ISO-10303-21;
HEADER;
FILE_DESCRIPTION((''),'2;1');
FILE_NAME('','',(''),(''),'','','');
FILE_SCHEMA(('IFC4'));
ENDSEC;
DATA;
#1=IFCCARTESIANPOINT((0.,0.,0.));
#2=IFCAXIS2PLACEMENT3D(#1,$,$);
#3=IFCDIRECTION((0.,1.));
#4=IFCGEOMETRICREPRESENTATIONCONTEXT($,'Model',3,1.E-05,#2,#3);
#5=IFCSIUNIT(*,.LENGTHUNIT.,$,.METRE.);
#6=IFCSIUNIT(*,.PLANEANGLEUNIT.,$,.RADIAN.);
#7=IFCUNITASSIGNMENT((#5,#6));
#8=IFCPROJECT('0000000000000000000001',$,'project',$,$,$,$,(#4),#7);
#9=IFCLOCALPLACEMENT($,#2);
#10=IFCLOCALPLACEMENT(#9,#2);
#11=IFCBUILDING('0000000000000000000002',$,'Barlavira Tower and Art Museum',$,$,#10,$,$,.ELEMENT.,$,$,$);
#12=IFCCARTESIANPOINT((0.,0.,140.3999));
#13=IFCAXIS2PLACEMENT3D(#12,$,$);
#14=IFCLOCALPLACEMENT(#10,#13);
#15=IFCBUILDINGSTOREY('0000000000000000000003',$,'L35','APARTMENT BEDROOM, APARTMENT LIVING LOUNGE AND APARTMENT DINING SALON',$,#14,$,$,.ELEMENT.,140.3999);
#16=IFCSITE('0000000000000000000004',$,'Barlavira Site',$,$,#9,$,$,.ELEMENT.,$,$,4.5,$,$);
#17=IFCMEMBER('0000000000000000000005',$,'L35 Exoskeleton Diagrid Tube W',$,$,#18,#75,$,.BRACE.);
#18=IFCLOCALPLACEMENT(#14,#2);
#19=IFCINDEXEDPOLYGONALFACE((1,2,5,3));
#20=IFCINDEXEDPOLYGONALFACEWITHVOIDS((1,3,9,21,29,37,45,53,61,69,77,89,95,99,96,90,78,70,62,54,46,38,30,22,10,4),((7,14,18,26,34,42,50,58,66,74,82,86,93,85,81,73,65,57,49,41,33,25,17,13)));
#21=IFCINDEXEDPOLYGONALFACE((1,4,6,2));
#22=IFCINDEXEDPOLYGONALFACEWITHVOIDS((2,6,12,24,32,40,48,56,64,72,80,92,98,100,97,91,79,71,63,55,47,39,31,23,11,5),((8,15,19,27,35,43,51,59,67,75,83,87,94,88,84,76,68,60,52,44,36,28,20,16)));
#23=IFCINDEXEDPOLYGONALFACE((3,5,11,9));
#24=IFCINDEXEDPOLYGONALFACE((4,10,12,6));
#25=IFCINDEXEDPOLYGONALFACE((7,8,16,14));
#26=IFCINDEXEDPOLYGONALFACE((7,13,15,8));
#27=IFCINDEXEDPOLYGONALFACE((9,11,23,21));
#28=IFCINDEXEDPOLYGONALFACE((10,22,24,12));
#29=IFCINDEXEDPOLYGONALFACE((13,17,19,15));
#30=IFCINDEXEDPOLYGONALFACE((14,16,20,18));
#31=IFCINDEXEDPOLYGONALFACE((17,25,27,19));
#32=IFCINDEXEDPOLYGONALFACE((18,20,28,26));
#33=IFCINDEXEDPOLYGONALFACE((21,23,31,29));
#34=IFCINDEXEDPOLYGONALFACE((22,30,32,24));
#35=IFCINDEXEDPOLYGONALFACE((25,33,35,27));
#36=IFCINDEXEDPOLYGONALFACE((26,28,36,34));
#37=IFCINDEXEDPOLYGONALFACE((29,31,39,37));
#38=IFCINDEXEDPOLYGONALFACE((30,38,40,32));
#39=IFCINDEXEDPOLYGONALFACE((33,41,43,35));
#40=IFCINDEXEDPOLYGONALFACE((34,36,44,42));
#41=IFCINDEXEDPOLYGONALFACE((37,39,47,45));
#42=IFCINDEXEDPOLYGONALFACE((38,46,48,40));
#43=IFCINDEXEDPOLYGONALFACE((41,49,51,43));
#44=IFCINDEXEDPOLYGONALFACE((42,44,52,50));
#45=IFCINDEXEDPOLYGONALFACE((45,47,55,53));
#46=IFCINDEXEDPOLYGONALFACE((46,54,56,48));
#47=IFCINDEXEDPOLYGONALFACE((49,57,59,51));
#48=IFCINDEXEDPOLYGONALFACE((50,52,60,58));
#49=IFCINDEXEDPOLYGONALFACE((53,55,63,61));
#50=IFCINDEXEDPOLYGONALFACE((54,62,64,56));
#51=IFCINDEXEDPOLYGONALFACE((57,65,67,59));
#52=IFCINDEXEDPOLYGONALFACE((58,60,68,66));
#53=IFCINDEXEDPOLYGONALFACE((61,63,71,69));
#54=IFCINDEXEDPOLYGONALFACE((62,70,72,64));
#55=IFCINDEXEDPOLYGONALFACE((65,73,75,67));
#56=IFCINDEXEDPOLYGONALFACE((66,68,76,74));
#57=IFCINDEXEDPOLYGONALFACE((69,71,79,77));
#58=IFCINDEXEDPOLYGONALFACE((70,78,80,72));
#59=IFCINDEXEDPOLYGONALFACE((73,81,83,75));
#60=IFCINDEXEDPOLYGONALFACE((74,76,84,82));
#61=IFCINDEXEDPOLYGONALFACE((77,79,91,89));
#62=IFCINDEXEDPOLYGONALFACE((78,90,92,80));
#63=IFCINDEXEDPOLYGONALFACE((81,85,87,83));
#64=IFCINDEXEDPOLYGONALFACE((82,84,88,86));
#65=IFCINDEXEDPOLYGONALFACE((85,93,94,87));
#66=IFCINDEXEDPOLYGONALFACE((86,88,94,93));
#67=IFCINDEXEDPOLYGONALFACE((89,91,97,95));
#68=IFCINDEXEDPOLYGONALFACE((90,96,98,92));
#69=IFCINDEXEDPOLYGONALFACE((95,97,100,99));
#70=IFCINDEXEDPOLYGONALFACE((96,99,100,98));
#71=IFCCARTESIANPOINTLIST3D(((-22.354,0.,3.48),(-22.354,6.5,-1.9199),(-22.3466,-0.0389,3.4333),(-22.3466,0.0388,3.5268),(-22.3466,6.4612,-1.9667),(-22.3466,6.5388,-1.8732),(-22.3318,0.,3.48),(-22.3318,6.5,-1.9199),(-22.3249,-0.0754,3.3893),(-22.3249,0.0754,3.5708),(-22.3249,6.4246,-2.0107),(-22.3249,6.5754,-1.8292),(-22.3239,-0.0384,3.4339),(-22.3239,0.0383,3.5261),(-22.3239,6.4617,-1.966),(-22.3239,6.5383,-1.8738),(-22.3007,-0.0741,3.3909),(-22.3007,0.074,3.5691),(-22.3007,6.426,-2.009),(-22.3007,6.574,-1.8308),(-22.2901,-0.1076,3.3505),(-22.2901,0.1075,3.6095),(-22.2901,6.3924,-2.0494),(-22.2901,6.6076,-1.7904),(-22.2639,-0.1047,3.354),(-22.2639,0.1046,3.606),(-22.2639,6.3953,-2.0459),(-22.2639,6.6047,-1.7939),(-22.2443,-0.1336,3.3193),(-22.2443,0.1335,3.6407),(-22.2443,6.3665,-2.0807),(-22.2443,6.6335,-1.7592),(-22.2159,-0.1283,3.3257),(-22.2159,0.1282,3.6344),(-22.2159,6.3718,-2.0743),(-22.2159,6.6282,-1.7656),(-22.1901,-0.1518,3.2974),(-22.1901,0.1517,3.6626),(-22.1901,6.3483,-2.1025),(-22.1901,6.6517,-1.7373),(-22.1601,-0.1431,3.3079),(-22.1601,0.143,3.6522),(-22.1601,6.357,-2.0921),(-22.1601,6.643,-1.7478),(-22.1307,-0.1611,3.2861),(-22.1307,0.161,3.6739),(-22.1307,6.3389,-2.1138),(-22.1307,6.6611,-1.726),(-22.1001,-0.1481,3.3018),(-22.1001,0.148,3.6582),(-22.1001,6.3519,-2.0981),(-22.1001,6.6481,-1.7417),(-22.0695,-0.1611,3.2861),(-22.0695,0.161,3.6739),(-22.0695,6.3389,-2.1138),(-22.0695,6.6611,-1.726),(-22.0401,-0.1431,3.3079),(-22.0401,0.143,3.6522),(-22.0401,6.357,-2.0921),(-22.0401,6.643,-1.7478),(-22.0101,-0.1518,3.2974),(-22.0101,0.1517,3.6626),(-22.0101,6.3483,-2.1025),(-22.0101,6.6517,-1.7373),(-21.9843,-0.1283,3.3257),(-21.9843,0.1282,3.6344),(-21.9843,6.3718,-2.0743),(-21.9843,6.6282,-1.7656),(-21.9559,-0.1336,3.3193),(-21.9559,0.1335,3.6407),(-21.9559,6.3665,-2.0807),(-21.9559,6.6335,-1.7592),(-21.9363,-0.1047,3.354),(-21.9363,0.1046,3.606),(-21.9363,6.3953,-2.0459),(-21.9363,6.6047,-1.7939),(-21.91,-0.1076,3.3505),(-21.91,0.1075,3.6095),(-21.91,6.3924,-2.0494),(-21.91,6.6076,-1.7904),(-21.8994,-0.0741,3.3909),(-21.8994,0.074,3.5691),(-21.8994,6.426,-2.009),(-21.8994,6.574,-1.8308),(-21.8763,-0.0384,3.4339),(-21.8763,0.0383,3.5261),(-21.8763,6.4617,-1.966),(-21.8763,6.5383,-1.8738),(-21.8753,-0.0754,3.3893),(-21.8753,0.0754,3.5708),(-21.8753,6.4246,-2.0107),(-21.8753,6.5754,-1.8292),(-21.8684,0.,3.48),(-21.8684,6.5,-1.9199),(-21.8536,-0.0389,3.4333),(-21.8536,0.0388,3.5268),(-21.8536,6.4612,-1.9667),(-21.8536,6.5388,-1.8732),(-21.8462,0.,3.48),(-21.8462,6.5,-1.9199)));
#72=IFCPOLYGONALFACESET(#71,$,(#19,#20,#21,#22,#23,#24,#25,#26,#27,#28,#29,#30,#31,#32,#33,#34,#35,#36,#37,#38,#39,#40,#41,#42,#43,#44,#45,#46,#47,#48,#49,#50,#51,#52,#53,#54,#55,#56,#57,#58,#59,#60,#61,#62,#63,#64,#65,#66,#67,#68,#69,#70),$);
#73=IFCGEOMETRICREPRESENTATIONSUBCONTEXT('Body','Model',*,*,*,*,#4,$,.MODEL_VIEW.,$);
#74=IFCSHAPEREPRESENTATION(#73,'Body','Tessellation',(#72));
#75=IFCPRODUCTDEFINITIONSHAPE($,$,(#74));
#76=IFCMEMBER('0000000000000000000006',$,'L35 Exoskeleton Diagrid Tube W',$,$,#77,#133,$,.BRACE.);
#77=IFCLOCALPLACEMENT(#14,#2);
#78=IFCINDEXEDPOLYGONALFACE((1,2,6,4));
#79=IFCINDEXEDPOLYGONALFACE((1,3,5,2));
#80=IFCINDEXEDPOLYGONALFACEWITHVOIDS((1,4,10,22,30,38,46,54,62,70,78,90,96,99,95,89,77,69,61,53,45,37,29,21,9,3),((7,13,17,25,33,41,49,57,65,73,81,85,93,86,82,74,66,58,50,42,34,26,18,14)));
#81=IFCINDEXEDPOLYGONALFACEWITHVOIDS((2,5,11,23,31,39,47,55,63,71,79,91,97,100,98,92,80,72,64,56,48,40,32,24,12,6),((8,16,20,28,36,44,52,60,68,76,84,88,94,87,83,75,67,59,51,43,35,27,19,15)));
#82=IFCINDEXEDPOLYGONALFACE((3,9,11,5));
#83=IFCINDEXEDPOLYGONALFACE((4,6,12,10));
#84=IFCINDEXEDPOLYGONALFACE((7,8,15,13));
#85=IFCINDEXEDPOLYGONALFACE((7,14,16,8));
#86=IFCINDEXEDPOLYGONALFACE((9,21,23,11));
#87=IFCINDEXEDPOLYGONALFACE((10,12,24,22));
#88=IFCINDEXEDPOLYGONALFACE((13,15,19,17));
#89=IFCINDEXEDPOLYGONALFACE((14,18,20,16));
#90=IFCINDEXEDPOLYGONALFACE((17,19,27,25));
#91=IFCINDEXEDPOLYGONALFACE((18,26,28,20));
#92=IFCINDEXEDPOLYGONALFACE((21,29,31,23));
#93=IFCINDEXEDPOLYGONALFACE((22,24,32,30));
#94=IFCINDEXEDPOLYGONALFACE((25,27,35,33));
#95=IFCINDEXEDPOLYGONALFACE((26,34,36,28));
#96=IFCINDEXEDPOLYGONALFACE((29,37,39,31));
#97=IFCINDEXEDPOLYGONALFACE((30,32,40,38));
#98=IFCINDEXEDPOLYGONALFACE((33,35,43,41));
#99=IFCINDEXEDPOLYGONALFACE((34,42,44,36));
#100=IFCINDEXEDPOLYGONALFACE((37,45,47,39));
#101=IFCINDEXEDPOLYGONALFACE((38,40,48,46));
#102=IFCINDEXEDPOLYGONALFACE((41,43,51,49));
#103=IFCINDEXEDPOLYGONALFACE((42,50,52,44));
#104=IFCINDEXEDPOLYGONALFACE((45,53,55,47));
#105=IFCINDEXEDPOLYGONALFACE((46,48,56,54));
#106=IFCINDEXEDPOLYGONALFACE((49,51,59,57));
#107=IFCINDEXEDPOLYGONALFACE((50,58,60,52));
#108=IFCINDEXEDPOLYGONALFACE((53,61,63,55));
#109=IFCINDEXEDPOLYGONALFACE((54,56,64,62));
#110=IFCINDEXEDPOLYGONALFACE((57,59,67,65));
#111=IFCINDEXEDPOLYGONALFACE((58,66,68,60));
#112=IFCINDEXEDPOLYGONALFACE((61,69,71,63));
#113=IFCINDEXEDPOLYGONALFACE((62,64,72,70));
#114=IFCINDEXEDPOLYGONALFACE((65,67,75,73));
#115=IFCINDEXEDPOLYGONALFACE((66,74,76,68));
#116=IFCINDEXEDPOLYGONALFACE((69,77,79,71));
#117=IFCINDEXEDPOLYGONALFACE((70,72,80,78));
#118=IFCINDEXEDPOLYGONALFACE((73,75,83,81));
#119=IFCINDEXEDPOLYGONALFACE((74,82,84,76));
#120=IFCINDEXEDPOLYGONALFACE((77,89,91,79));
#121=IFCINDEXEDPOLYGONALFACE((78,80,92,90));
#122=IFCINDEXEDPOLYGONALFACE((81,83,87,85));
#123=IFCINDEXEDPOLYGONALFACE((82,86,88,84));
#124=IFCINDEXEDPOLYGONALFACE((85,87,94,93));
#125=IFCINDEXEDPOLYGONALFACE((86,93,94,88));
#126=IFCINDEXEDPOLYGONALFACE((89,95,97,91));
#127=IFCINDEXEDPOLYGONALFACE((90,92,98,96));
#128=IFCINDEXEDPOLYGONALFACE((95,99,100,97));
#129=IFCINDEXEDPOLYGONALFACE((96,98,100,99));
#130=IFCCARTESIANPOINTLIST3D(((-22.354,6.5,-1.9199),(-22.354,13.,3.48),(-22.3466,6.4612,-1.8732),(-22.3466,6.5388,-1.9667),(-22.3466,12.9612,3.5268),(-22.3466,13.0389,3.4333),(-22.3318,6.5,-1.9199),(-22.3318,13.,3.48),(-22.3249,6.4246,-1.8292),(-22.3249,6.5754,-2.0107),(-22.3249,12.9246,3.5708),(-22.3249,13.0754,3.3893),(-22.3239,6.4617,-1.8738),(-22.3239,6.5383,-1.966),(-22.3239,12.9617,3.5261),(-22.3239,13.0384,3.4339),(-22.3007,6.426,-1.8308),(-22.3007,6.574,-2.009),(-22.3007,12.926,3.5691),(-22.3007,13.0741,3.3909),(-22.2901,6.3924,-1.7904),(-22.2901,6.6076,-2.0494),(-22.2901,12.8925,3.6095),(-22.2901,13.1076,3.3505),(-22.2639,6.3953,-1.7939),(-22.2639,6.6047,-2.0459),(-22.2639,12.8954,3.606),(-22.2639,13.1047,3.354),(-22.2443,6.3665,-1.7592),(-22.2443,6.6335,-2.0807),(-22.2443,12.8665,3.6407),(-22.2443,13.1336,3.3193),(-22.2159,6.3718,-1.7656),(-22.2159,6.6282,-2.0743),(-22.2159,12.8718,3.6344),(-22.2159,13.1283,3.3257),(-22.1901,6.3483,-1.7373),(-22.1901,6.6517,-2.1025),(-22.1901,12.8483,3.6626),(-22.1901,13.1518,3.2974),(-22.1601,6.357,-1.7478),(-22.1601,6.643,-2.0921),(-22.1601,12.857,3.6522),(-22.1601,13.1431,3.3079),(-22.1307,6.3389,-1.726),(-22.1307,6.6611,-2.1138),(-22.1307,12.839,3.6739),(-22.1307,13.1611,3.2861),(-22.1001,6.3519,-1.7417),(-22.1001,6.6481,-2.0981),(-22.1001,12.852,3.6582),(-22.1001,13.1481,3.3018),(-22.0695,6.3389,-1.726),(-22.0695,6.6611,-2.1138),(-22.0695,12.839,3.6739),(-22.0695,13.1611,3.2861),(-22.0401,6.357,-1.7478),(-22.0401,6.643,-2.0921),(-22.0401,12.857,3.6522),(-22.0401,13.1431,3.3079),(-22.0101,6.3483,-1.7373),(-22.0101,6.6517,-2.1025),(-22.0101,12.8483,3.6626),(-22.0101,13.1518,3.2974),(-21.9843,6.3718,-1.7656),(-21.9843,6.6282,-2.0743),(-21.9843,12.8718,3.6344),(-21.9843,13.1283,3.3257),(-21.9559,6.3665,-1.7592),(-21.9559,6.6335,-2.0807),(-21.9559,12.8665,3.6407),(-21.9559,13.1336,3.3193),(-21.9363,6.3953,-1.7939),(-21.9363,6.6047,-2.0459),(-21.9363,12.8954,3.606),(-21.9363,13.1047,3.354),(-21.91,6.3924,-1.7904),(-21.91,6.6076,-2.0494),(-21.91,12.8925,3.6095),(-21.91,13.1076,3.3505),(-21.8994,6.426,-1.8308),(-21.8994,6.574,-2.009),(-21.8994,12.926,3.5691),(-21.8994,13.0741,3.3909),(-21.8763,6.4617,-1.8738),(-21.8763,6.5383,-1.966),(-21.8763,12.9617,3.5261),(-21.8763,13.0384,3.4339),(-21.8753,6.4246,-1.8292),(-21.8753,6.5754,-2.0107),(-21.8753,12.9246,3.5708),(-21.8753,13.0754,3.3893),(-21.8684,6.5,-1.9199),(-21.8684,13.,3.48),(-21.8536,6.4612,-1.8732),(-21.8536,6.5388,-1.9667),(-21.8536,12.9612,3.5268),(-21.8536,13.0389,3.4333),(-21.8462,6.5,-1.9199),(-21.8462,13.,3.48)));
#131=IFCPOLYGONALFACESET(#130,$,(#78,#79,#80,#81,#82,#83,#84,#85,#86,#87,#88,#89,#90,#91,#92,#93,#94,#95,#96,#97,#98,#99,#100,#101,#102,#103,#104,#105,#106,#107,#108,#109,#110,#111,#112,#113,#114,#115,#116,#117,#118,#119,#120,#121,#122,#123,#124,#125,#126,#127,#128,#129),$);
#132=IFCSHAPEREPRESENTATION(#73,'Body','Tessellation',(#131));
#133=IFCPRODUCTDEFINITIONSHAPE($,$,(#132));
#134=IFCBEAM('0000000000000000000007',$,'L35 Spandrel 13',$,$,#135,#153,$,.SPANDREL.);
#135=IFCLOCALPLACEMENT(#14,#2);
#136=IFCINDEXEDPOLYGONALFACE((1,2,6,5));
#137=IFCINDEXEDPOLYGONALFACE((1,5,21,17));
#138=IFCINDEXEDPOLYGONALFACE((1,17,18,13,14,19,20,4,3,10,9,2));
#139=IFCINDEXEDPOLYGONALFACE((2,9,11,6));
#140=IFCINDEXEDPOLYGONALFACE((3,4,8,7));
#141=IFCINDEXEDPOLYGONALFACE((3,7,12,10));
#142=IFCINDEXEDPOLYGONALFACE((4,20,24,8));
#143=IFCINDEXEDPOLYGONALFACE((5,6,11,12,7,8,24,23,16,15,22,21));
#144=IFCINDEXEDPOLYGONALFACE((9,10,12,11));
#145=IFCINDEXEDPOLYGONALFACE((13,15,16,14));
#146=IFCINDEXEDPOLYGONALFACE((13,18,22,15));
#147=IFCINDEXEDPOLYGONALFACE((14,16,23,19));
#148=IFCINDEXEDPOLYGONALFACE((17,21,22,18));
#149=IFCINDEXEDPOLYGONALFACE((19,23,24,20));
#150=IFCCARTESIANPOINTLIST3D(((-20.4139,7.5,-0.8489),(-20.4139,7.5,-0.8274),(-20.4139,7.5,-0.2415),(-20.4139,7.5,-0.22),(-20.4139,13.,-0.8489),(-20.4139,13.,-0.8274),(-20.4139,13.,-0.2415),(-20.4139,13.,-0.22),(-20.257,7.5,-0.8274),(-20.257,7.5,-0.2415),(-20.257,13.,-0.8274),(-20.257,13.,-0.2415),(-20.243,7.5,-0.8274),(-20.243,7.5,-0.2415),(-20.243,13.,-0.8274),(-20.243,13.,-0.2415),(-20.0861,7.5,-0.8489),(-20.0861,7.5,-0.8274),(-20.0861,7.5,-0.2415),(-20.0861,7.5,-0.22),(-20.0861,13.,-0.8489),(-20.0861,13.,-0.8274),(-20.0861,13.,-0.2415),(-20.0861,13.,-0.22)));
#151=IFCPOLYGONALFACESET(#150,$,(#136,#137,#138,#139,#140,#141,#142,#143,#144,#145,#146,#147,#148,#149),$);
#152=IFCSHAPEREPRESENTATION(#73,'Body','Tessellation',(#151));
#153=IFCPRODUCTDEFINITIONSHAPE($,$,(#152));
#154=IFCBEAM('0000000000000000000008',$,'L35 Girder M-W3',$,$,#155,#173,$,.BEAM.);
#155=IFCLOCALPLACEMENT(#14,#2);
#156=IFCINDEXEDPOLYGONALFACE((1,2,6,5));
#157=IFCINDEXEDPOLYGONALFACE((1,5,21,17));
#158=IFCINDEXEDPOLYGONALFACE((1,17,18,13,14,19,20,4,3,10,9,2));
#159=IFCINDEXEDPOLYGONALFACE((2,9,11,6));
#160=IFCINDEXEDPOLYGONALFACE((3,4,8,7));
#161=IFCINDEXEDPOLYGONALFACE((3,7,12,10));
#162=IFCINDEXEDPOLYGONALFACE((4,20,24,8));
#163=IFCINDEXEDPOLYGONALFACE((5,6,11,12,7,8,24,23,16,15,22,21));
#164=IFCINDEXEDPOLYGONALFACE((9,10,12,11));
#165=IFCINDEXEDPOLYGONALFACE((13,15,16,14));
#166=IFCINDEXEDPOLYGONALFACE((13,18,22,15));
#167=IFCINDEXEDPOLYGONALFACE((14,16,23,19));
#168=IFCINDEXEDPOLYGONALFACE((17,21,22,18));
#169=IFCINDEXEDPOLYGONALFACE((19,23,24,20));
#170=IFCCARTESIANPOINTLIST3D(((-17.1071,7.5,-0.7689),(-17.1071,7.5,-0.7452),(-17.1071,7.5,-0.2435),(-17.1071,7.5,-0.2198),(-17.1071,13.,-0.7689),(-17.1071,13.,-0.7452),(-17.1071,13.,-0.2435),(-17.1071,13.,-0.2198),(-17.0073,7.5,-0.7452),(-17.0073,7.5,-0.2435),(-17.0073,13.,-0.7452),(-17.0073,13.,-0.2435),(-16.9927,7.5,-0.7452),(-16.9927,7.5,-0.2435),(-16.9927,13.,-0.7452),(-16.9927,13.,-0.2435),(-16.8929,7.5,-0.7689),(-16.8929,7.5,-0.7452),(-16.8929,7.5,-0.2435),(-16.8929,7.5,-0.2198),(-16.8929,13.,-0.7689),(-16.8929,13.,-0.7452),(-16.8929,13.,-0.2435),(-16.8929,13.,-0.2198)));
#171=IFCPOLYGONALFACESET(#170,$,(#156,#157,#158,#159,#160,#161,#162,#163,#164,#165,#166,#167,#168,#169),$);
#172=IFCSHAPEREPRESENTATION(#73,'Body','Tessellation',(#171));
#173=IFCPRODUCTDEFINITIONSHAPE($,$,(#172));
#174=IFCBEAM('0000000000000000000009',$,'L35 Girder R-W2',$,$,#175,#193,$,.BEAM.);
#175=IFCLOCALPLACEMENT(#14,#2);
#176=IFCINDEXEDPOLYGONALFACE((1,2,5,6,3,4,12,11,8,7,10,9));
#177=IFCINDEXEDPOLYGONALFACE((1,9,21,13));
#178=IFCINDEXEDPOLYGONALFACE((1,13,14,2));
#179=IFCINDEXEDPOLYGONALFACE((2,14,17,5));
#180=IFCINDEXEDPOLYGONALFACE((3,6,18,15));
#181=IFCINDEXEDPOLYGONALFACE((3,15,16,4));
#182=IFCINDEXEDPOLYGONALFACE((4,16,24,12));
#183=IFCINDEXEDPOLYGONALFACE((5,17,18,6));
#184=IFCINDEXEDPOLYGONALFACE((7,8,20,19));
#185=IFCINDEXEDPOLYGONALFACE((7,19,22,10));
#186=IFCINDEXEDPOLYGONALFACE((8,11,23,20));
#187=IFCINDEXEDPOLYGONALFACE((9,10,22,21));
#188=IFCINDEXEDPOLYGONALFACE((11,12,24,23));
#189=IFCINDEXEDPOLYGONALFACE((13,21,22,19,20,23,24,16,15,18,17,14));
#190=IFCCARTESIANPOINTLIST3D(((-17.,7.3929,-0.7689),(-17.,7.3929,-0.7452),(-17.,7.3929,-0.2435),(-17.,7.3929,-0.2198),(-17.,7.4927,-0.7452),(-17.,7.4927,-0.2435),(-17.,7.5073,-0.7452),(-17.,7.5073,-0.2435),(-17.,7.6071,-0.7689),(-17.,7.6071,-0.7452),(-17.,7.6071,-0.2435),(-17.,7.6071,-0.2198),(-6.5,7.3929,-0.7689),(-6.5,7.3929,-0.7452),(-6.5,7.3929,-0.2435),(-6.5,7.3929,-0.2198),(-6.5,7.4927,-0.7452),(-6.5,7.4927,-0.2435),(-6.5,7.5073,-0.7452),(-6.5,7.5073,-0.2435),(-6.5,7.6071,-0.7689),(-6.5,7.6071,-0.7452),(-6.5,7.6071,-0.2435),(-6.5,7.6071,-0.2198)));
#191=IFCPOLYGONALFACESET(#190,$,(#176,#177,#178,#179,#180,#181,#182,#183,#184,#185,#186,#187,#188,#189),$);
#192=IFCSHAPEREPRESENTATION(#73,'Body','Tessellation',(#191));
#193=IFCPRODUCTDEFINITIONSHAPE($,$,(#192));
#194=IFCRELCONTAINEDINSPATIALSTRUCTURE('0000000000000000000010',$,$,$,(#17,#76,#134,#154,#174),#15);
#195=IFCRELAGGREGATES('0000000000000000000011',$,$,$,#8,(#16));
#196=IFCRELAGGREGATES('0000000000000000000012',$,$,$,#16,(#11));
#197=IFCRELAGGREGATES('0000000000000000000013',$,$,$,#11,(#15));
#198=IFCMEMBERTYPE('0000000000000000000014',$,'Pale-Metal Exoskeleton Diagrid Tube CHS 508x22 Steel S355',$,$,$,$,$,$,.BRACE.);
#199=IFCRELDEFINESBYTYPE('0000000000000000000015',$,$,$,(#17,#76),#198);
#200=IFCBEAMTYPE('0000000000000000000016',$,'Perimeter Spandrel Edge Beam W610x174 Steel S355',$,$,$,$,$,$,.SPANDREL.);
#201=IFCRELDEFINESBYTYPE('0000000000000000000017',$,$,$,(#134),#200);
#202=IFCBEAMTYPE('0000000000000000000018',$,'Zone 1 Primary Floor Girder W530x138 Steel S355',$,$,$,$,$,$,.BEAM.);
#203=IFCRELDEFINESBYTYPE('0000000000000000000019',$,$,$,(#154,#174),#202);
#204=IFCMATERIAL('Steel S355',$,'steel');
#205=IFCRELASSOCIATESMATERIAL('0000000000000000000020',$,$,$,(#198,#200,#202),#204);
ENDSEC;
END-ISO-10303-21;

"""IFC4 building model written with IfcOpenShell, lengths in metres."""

from ifc_helpers import new_model, si_unit, direction, frame, origin, origin_2d, place, context, subcontext, project, spatial, hollow_circle, i_section, extrude, material, material_profile, profile_set, type_object, element, save


model = new_model("IFC4")

# Units and contexts
model_context = context("Model", 3, precision=1e-05, world=origin(), true_north=direction((0.0, 1.0)))
body_context = subcontext(model_context, "Body", "Model", "MODEL_VIEW")
ifc_project = project(units=[si_unit("LENGTHUNIT", "METRE"), si_unit("PLANEANGLEUNIT", "RADIAN")], contexts=[model_context])

# Site, building, storey
site_placement = place(None, origin())
site = spatial("IfcSite", under=ifc_project, at=site_placement, Name="Barlavira Site", CompositionType="ELEMENT", RefElevation=4.5)
building_placement = place(site_placement, origin())
building = spatial("IfcBuilding", under=site, at=building_placement, Name="Barlavira Tower and Art Museum", CompositionType="ELEMENT")
storey_placement = place(building_placement, frame((0.0, 0.0, 140.3999)))
storey = spatial("IfcBuildingStorey", under=building, at=storey_placement, Name="L35", Description="APARTMENT BEDROOM, APARTMENT LIVING LOUNGE AND APARTMENT DINING SALON", CompositionType="ELEMENT", Elevation=140.3999)

# Members
ifc_material_1 = material(Name="Steel S355", Category="steel")
ifc_material_profile_1 = material_profile(ifc_material_1, hollow_circle(Radius=0.2539, WallThickness=0.0222, at=origin_2d()), Name="CHS 508.0x22.2")
ifc_profile_set_1 = profile_set([ifc_material_profile_1], Name="Steel S355")
member_type_1 = type_object("IfcMemberType", Name="Pale-Metal Exoskeleton Diagrid Tube CHS 508x22 Steel S355", PredefinedType="BRACE", material=ifc_profile_set_1)
for number, where, z_axis, x_axis, name in (
    (1, (-22.1001, 6.5, -1.9199), (0.0, -0.769196, 0.639013), (1.0, 0.0, 0.0), "L35 Exoskeleton Diagrid Tube W"),
    (2, (-22.1001, 6.5, -1.9199), (0.0, 0.769196, 0.639013), (-1.0, 0.0, 0.0), "L35 Exoskeleton Diagrid Tube W"),
):
    element("IfcMember", number, at=place(storey_placement, frame(where, z_axis=z_axis, x_axis=x_axis)), inside=storey, type_object=member_type_1, Name=name, PredefinedType="BRACE", context=body_context, shape_type="SweptSolid", body=[
        extrude(hollow_circle(Radius=0.2539, WallThickness=0.0222, at=origin_2d()), origin(), (0.0, 0.0, 1.0), 8.4504),
    ])

# Beams
ifc_material_profile_2 = material_profile(ifc_material_1, i_section(OverallWidth=0.3279, OverallDepth=0.6289, WebThickness=0.0139, FlangeThickness=0.0215, at=origin_2d()), Name="W610x174.0")
ifc_profile_set_2 = profile_set([ifc_material_profile_2], Name="Steel S355")
beam_type_1 = type_object("IfcBeamType", Name="Perimeter Spandrel Edge Beam W610x174 Steel S355", PredefinedType="SPANDREL", material=ifc_profile_set_2)
beam_1_placement = place(storey_placement, frame((-20.25, 7.5, -0.5344), z_axis=(0.0, 1.0, 0.0), x_axis=(-1.0, 0.0, 0.0)))
element("IfcBeam", 3, at=beam_1_placement, inside=storey, type_object=beam_type_1, Name="L35 Spandrel 13", PredefinedType="SPANDREL", context=body_context, shape_type="SweptSolid", body=[
    extrude(i_section(OverallWidth=0.3279, OverallDepth=0.6289, WebThickness=0.0139, FlangeThickness=0.0215, at=origin_2d()), origin(), (0.0, 0.0, 1.0), 5.5),
])
ifc_material_profile_3 = material_profile(ifc_material_1, i_section(OverallWidth=0.2141, OverallDepth=0.5491, WebThickness=0.0146, FlangeThickness=0.0237, at=origin_2d()), Name="W530x138.0")
ifc_profile_set_3 = profile_set([ifc_material_profile_3], Name="Steel S355")
beam_type_2 = type_object("IfcBeamType", Name="Zone 1 Primary Floor Girder W530x138 Steel S355", PredefinedType="BEAM", material=ifc_profile_set_3)
beam_2_placement = place(storey_placement, frame((-17.0, 7.5, -0.4944), z_axis=(0.0, 1.0, 0.0), x_axis=(-1.0, 0.0, 0.0)))
element("IfcBeam", 4, at=beam_2_placement, inside=storey, type_object=beam_type_2, Name="L35 Girder M-W3", PredefinedType="BEAM", context=body_context, shape_type="SweptSolid", body=[
    extrude(i_section(OverallWidth=0.2141, OverallDepth=0.5491, WebThickness=0.0146, FlangeThickness=0.0237, at=origin_2d()), origin(), (0.0, 0.0, 1.0), 5.5),
])
beam_3_placement = place(storey_placement, frame((-17.0, 7.5, -0.4944), z_axis=(1.0, 0.0, 0.0), x_axis=(0.0, 1.0, 0.0)))
element("IfcBeam", 5, at=beam_3_placement, inside=storey, type_object=beam_type_2, Name="L35 Girder R-W2", PredefinedType="BEAM", context=body_context, shape_type="SweptSolid", body=[
    extrude(i_section(OverallWidth=0.2141, OverallDepth=0.5491, WebThickness=0.0146, FlangeThickness=0.0237, at=origin_2d()), origin(), (0.0, 0.0, 1.0), 10.5),
])

save(model, "model.ifc")
